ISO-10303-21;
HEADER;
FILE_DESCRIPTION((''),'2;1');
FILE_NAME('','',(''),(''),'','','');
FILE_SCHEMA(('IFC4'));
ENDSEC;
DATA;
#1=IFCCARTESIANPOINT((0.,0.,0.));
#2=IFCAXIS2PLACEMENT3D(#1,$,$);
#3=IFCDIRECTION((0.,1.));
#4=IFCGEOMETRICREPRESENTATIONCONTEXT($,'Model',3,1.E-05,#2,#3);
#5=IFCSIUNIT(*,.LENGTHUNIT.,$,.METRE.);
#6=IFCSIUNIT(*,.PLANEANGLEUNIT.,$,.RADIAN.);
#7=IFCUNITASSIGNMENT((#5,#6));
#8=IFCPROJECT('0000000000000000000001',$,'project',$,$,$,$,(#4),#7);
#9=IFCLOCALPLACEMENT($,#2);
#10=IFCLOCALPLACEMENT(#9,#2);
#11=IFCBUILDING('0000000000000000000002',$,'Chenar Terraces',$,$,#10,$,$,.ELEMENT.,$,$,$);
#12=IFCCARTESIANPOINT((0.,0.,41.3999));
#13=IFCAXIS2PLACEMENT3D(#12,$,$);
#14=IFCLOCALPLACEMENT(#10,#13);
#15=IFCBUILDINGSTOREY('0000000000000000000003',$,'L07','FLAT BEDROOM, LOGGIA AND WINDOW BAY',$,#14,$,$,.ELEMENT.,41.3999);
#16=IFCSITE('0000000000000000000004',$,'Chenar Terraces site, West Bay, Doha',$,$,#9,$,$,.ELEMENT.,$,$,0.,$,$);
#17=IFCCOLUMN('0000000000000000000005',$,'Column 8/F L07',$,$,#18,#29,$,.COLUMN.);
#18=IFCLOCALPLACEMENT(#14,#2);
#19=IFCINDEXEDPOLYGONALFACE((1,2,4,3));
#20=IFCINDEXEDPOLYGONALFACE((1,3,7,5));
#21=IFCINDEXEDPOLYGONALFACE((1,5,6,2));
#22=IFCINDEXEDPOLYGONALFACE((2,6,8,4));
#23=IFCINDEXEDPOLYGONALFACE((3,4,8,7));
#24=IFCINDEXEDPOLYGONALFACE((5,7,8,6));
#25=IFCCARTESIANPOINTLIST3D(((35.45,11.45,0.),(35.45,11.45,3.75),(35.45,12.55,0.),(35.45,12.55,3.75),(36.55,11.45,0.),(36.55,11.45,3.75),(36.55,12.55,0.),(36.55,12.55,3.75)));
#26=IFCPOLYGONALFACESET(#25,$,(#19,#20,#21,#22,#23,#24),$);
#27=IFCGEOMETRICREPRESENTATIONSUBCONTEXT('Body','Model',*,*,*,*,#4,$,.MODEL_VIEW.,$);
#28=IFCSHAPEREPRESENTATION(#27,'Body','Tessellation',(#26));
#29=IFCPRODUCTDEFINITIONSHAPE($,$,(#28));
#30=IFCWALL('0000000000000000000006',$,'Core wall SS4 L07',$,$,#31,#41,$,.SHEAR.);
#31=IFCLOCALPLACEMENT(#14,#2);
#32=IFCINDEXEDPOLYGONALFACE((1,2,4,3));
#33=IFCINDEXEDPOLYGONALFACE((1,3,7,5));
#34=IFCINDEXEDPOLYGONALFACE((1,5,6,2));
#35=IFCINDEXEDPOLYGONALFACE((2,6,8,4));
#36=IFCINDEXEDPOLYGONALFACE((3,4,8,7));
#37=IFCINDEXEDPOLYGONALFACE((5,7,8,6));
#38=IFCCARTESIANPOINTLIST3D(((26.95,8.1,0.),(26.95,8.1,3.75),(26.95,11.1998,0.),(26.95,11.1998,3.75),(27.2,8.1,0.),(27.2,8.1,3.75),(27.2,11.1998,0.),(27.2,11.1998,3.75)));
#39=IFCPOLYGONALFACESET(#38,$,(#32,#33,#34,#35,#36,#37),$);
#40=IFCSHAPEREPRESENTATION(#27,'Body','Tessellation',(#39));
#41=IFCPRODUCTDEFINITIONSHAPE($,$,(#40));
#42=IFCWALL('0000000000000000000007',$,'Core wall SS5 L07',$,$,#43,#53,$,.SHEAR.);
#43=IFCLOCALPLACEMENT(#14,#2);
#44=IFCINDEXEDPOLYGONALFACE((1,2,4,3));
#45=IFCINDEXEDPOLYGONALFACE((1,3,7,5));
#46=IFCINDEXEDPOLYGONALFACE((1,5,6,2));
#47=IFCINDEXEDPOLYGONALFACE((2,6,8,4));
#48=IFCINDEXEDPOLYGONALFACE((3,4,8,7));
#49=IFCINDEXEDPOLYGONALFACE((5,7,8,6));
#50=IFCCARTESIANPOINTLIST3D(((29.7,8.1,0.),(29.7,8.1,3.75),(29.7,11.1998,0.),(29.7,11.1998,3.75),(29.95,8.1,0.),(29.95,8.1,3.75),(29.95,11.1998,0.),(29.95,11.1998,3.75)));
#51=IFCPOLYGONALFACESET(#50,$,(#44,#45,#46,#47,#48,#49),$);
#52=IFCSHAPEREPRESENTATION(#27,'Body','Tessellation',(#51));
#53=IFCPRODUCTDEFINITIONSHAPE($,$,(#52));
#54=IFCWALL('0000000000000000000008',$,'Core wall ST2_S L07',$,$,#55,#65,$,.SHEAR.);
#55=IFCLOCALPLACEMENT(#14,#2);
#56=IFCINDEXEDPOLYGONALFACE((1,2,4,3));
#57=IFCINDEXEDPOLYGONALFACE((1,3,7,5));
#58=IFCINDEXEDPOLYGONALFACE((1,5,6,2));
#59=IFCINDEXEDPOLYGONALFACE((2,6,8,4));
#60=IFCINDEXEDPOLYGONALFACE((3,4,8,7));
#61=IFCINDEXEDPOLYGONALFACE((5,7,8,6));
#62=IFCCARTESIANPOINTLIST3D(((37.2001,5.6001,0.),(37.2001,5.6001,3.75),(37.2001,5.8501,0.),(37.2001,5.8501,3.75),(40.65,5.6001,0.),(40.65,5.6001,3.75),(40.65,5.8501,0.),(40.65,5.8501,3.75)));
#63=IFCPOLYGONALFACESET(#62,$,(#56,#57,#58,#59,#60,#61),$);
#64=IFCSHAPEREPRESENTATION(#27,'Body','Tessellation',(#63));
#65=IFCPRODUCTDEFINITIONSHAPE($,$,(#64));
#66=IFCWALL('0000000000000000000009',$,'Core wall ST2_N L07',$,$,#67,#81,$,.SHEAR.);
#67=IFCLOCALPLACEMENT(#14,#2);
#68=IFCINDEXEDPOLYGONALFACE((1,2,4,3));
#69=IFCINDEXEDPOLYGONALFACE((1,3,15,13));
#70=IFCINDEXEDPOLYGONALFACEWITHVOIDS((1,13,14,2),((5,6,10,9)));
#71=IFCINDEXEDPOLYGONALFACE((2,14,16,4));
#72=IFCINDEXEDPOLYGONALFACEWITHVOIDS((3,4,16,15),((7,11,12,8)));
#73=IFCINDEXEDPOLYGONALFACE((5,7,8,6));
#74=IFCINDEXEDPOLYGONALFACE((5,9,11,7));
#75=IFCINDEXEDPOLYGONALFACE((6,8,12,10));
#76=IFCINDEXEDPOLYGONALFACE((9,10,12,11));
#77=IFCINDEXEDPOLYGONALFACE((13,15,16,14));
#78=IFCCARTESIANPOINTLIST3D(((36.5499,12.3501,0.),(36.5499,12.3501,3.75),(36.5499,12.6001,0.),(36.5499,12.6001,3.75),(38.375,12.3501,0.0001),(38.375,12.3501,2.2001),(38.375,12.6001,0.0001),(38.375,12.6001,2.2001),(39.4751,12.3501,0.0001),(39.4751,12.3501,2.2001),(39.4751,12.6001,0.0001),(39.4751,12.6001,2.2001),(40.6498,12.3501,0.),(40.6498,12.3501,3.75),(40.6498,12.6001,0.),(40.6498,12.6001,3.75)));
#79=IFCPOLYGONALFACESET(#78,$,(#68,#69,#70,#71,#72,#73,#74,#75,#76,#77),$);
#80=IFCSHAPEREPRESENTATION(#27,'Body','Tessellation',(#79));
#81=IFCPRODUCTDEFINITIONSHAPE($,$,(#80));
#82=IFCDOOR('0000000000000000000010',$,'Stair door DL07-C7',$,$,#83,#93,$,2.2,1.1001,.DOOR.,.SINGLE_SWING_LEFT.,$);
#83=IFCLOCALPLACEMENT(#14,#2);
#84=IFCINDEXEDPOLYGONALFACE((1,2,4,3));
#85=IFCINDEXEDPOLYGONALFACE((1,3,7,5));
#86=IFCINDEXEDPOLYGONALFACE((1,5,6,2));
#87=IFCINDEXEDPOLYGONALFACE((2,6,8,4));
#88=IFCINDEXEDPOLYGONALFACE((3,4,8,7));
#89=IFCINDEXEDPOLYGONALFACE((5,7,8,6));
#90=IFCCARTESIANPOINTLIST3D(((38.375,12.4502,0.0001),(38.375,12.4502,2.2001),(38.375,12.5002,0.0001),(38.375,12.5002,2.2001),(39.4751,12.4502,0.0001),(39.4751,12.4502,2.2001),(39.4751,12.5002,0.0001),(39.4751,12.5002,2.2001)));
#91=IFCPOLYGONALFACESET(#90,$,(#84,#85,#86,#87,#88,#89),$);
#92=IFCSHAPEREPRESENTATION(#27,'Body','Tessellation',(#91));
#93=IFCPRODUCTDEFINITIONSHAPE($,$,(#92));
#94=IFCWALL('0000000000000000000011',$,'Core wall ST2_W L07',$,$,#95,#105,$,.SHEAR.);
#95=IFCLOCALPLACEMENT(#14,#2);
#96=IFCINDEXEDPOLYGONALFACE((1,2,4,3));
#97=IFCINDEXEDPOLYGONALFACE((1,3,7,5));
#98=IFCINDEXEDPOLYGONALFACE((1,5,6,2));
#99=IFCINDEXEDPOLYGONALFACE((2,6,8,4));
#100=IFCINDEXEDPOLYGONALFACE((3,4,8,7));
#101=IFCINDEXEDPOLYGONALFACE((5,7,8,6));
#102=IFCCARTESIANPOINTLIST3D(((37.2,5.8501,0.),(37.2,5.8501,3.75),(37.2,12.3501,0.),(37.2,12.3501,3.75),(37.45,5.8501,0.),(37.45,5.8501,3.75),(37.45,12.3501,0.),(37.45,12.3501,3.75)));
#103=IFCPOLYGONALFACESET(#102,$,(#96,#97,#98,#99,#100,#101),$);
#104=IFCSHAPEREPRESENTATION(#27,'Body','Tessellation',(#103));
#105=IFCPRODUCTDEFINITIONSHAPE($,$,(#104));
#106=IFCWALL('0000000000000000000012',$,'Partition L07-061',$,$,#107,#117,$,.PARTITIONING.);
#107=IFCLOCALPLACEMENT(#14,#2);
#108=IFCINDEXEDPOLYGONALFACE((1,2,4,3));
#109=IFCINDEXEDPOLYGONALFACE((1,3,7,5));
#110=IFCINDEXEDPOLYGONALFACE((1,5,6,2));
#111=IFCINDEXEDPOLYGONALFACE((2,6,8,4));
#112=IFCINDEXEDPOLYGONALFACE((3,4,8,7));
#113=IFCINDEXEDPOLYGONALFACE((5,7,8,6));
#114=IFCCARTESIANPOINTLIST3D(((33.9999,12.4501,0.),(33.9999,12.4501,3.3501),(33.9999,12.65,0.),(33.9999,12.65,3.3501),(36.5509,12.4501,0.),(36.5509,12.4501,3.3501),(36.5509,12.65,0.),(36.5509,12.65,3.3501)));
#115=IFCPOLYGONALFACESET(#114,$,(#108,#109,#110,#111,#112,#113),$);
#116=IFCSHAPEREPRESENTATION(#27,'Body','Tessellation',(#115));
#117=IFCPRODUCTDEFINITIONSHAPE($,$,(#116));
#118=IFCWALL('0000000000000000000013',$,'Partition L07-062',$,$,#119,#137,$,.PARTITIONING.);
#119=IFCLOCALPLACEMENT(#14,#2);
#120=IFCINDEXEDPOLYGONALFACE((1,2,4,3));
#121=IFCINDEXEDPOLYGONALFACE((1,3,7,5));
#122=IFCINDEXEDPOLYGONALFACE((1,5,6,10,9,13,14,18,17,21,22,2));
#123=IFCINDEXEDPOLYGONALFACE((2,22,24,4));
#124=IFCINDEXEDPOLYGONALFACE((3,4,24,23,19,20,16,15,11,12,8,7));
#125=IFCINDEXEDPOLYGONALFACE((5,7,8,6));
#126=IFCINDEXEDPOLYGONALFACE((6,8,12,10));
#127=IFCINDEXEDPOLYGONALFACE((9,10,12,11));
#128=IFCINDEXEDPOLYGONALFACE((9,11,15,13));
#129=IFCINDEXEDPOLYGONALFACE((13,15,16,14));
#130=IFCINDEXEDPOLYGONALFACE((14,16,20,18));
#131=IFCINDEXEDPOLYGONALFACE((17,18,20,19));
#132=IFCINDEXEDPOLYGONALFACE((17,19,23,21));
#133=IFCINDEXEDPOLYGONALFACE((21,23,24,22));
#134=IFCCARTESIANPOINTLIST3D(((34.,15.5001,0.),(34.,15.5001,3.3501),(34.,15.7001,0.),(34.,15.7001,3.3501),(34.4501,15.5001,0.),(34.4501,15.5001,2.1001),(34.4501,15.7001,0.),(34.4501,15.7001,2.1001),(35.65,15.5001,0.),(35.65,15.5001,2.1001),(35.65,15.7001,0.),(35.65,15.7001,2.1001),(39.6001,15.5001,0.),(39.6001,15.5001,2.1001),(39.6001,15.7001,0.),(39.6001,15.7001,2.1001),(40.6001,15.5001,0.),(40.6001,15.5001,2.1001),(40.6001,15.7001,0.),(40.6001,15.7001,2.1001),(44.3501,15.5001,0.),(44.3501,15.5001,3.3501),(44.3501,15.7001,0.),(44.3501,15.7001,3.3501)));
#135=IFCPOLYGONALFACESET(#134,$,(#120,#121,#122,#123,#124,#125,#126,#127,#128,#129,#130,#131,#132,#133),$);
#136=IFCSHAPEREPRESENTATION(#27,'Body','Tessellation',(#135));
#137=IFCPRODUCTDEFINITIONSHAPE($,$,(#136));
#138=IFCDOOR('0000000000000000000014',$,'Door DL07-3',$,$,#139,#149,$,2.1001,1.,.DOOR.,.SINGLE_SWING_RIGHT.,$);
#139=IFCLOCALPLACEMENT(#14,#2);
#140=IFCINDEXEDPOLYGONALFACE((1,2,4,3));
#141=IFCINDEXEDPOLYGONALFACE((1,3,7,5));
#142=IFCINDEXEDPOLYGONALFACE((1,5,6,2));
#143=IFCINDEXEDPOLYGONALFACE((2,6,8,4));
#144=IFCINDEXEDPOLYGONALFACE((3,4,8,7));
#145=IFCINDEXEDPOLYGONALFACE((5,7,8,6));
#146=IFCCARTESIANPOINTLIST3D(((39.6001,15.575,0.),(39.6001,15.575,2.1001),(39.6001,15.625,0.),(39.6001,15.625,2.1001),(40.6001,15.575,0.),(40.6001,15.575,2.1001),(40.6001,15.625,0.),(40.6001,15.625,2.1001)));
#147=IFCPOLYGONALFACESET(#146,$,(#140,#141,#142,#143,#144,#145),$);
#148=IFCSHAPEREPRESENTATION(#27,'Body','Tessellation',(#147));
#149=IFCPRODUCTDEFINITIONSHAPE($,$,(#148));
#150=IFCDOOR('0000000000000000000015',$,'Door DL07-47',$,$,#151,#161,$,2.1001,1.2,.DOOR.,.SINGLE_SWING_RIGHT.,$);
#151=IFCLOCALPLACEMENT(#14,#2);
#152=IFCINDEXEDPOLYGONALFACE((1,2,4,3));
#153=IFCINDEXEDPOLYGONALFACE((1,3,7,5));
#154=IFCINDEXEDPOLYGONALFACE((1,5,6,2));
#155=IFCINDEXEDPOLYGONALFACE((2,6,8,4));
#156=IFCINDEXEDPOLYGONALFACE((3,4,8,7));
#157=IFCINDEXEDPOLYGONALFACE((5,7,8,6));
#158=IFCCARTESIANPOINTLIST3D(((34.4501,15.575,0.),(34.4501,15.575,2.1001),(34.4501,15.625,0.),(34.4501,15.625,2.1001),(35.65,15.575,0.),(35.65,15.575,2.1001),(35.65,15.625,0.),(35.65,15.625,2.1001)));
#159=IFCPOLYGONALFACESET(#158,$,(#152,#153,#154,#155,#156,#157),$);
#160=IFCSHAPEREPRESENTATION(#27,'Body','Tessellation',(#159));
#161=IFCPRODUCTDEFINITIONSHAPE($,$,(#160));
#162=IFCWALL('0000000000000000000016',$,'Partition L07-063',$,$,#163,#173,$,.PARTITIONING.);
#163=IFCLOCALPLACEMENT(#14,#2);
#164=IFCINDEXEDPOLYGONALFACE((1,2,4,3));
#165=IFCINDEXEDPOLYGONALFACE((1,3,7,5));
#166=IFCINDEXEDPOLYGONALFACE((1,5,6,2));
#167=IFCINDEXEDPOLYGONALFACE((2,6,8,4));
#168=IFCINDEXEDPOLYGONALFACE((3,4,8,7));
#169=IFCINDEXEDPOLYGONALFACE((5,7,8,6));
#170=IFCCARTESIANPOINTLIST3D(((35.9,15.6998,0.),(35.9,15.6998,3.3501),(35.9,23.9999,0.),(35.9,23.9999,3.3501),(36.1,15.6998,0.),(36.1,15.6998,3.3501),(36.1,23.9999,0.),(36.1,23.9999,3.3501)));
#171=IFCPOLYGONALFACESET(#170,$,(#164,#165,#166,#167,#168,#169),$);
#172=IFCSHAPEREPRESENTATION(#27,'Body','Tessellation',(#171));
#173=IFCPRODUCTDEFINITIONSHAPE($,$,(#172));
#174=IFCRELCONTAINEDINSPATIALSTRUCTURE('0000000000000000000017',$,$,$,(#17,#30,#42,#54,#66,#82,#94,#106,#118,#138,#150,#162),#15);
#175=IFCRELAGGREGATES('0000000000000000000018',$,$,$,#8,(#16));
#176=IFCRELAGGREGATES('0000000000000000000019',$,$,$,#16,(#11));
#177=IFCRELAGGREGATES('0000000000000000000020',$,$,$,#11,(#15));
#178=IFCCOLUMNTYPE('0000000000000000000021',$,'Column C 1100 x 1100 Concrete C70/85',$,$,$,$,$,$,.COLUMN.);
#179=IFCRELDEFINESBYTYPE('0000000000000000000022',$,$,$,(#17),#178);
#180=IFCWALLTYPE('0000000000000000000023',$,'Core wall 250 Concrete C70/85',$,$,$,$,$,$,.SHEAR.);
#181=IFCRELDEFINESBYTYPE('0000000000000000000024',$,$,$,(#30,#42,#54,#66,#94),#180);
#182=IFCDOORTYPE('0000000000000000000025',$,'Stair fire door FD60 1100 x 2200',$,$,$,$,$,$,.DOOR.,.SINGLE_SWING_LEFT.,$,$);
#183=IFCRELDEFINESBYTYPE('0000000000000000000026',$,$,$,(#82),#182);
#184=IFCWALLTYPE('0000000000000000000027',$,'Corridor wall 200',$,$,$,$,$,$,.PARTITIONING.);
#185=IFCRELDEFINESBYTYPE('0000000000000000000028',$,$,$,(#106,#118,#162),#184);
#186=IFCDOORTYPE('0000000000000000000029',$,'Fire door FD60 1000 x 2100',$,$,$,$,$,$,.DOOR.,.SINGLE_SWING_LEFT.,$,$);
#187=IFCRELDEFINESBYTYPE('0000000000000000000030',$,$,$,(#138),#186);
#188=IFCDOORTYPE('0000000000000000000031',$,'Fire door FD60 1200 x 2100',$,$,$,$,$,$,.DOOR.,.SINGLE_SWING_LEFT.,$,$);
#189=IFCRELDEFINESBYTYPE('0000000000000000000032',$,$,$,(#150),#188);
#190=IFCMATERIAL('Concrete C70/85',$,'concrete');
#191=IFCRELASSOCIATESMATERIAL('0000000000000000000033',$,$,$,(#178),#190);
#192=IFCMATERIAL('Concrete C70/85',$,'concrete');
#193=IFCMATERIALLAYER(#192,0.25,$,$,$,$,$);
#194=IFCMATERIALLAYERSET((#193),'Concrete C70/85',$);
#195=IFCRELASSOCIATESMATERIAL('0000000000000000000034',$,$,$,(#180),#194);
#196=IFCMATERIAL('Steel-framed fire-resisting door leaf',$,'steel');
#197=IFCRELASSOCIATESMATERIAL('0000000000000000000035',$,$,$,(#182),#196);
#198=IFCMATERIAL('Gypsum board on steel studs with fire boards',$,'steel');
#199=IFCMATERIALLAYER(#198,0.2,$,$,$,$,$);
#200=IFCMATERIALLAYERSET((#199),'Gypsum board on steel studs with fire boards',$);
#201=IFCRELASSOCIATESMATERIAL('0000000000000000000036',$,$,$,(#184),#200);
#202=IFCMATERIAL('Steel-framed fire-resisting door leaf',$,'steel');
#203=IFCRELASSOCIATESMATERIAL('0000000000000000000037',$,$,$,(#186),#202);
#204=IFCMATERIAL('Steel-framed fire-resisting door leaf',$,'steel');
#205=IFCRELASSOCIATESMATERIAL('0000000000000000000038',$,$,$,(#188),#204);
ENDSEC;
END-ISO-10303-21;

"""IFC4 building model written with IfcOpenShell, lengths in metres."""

from ifc_helpers import new_model, si_unit, direction, frame, frame_2d, origin, origin_2d, place, context, subcontext, project, spatial, rectangle, extrude, material, layer, layer_set, material_profile, profile_set, type_object, element, fill, save


model = new_model("IFC4")

# Units and contexts
model_context = context("Model", 3, precision=1e-05, world=origin(), true_north=direction((0.0, 1.0)))
body_context = subcontext(model_context, "Body", "Model", "MODEL_VIEW")
ifc_project = project(units=[si_unit("LENGTHUNIT", "METRE"), si_unit("PLANEANGLEUNIT", "RADIAN")], contexts=[model_context])

# Site, building, storey
site_placement = place(None, origin())
site = spatial("IfcSite", under=ifc_project, at=site_placement, Name="Chenar Terraces site, West Bay, Doha", CompositionType="ELEMENT", RefElevation=0.0)
building_placement = place(site_placement, origin())
building = spatial("IfcBuilding", under=site, at=building_placement, Name="Chenar Terraces", CompositionType="ELEMENT")
storey_placement = place(building_placement, frame((0.0, 0.0, 41.3999)))
storey = spatial("IfcBuildingStorey", under=building, at=storey_placement, Name="L07", Description="FLAT BEDROOM, LOGGIA AND WINDOW BAY", CompositionType="ELEMENT", Elevation=41.3999)

# Column
ifc_material_1 = material(Name="Concrete C70/85", Category="concrete")
ifc_material_profile = material_profile(ifc_material_1, rectangle(XDim=1.1001, YDim=1.1001, at=origin_2d()), Name="C 1100 x 1100")
ifc_profile_set = profile_set([ifc_material_profile], Name="Concrete C70/85")
column_type = type_object("IfcColumnType", Name="Column C 1100 x 1100 Concrete C70/85", PredefinedType="COLUMN", material=ifc_profile_set)
column_placement = place(storey_placement, frame((36.0, 12.0, 0.0), z_axis=(0.0, 0.0, 1.0), x_axis=(1.0, 0.0, 0.0)))
element("IfcColumn", 1, at=column_placement, inside=storey, type_object=column_type, Name="Column 8/F L07", PredefinedType="COLUMN", context=body_context, shape_type="SweptSolid", body=[
    extrude(rectangle(XDim=1.1001, YDim=1.1001, at=origin_2d()), origin(), (0.0, 0.0, 1.0), 3.75),
])

# Walls
ifc_material_2 = material(Name="Concrete C70/85", Category="concrete")
ifc_layer_1 = layer(ifc_material_2, 0.25)
ifc_layer_set_1 = layer_set([ifc_layer_1], Name="Concrete C70/85")
wall_type_1 = type_object("IfcWallType", Name="Core wall 250 Concrete C70/85", PredefinedType="SHEAR", material=ifc_layer_set_1)
for number, where, z_axis, x_axis, name in (
    (2, (27.075, 8.1001, 0.0), (0.0, 0.0, 1.0), (0.0, 1.0, 0.0), "Core wall SS4 L07"),
    (3, (29.825, 8.1001, 0.0), (0.0, 0.0, 1.0), (0.0, 1.0, 0.0), "Core wall SS5 L07"),
):
    element("IfcWall", number, at=place(storey_placement, frame(where, z_axis=z_axis, x_axis=x_axis)), inside=storey, type_object=wall_type_1, Name=name, PredefinedType="SHEAR", context=body_context, shape_type="SweptSolid", body=[
        extrude(rectangle(XDim=3.0999, YDim=0.25, at=frame_2d((1.5498, 0.0))), origin(), (0.0, 0.0, 1.0), 3.75),
    ])
wall_1_placement = place(storey_placement, frame((37.2, 5.7251, 0.0), z_axis=(0.0, 0.0, 1.0), x_axis=(1.0, 0.0, 0.0)))
element("IfcWall", 4, at=wall_1_placement, inside=storey, type_object=wall_type_1, Name="Core wall ST2_S L07", PredefinedType="SHEAR", context=body_context, shape_type="SweptSolid", body=[
    extrude(rectangle(XDim=3.45, YDim=0.25, at=frame_2d((1.7251, 0.0))), origin(), (0.0, 0.0, 1.0), 3.75),
])

# Wall, opening, door
wall_2_placement = place(storey_placement, frame((36.55, 12.4751, 0.0), z_axis=(0.0, 0.0, 1.0), x_axis=(1.0, 0.0, 0.0)))
wall_2 = element("IfcWall", 5, at=wall_2_placement, inside=storey, type_object=wall_type_1, Name="Core wall ST2_N L07", PredefinedType="SHEAR", context=body_context, shape_type="SweptSolid", body=[
    extrude(rectangle(XDim=4.0999, YDim=0.25, at=frame_2d((2.0498, 0.0))), origin(), (0.0, 0.0, 1.0), 3.75),
])
opening_1_placement = place(wall_2_placement, frame((1.825, 0.0, 0.0)))
opening_1 = element("IfcOpeningElement", 6, at=opening_1_placement, cuts=wall_2, PredefinedType="OPENING", context=body_context, shape_type="SweptSolid", body=[
    extrude(rectangle(XDim=1.1001, YDim=2.2, at=frame_2d((0.55, 1.1001))), frame((0.0, 0.135, 0.0), z_axis=(0.0, -1.0, 0.0), x_axis=(1.0, 0.0, 0.0)), (0.0, 0.0, 1.0), 0.27),
])
ifc_material_3 = material(Name="Steel-framed fire-resisting door leaf", Category="steel")
door_type_1 = type_object("IfcDoorType", Name="Stair fire door FD60 1100 x 2200", OperationType="SINGLE_SWING_LEFT", PredefinedType="DOOR", material=ifc_material_3)
door_1_placement = place(opening_1_placement, frame((1.1001, 0.0, 0.0), z_axis=(0.0, 0.0, 1.0), x_axis=(-1.0, 0.0, 0.0)))
door_1 = element("IfcDoor", 7, at=door_1_placement, inside=storey, type_object=door_type_1, Name="Stair door DL07-C7", OperationType="SINGLE_SWING_LEFT", OverallHeight=2.2, OverallWidth=1.1001, PredefinedType="DOOR", context=body_context, shape_type="SweptSolid", body=[
    extrude(rectangle(XDim=1.1001, YDim=2.2, at=frame_2d((0.55, 1.1001))), frame((0.0, 0.0249, 0.0), z_axis=(0.0, -1.0, 0.0), x_axis=(1.0, 0.0, 0.0)), (0.0, 0.0, 1.0), 0.05),
])
fill(opening_1, door_1)

# Walls
wall_3_placement = place(storey_placement, frame((37.325, 5.8501, 0.0), z_axis=(0.0, 0.0, 1.0), x_axis=(0.0, 1.0, 0.0)))
element("IfcWall", 8, at=wall_3_placement, inside=storey, type_object=wall_type_1, Name="Core wall ST2_W L07", PredefinedType="SHEAR", context=body_context, shape_type="SweptSolid", body=[
    extrude(rectangle(XDim=6.5, YDim=0.25, at=frame_2d((3.25, 0.0))), origin(), (0.0, 0.0, 1.0), 3.75),
])
ifc_material_4 = material(Name="Gypsum board on steel studs with fire boards", Category="steel")
ifc_layer_2 = layer(ifc_material_4, 0.2)
ifc_layer_set_2 = layer_set([ifc_layer_2], Name="Gypsum board on steel studs with fire boards")
wall_type_2 = type_object("IfcWallType", Name="Corridor wall 200", PredefinedType="PARTITIONING", material=ifc_layer_set_2)
wall_4_placement = place(storey_placement, frame((34.0, 12.55, 0.0), z_axis=(0.0, 0.0, 1.0), x_axis=(1.0, 0.0, 0.0)))
element("IfcWall", 9, at=wall_4_placement, inside=storey, type_object=wall_type_2, Name="Partition L07-061", PredefinedType="PARTITIONING", context=body_context, shape_type="SweptSolid", body=[
    extrude(rectangle(XDim=2.551, YDim=0.2, at=frame_2d((1.2754, 0.0))), origin(), (0.0, 0.0, 1.0), 3.3501),
])

# Wall, openings, doors
wall_5_placement = place(storey_placement, frame((34.0, 15.6001, 0.0), z_axis=(0.0, 0.0, 1.0), x_axis=(1.0, 0.0, 0.0)))
wall_5 = element("IfcWall", 10, at=wall_5_placement, inside=storey, type_object=wall_type_2, Name="Partition L07-062", PredefinedType="PARTITIONING", context=body_context, shape_type="SweptSolid", body=[
    extrude(rectangle(XDim=10.3501, YDim=0.2, at=frame_2d((5.175, 0.0))), origin(), (0.0, 0.0, 1.0), 3.3501),
])
opening_2_placement = place(wall_5_placement, frame((5.6001, 0.0, 0.0)))
opening_2 = element("IfcOpeningElement", 11, at=opening_2_placement, cuts=wall_5, PredefinedType="OPENING", context=body_context, shape_type="SweptSolid", body=[
    extrude(rectangle(XDim=1.0, YDim=2.1001, at=frame_2d((0.5, 1.05))), frame((0.0, 0.1099, 0.0), z_axis=(0.0, -1.0, 0.0), x_axis=(1.0, 0.0, 0.0)), (0.0, 0.0, 1.0), 0.22),
])
opening_3_placement = place(wall_5_placement, frame((0.45, 0.0, 0.0)))
opening_3 = element("IfcOpeningElement", 12, at=opening_3_placement, cuts=wall_5, PredefinedType="OPENING", context=body_context, shape_type="SweptSolid", body=[
    extrude(rectangle(XDim=1.2, YDim=2.1001, at=frame_2d((0.6001, 1.05))), frame((0.0, 0.1099, 0.0), z_axis=(0.0, -1.0, 0.0), x_axis=(1.0, 0.0, 0.0)), (0.0, 0.0, 1.0), 0.22),
])
ifc_material_5 = material(Name="Steel-framed fire-resisting door leaf", Category="steel")
door_type_2 = type_object("IfcDoorType", Name="Fire door FD60 1000 x 2100", OperationType="SINGLE_SWING_LEFT", PredefinedType="DOOR", material=ifc_material_5)
door_2_placement = place(opening_2_placement, origin())
door_2 = element("IfcDoor", 13, at=door_2_placement, inside=storey, type_object=door_type_2, Name="Door DL07-3", OperationType="SINGLE_SWING_RIGHT", OverallHeight=2.1001, OverallWidth=1.0, PredefinedType="DOOR", context=body_context, shape_type="SweptSolid", body=[
    extrude(rectangle(XDim=1.0, YDim=2.1001, at=frame_2d((0.5, 1.05))), frame((0.0, 0.0249, 0.0), z_axis=(0.0, -1.0, 0.0), x_axis=(1.0, 0.0, 0.0)), (0.0, 0.0, 1.0), 0.05),
])
fill(opening_2, door_2)
ifc_material_6 = material(Name="Steel-framed fire-resisting door leaf", Category="steel")
door_type_3 = type_object("IfcDoorType", Name="Fire door FD60 1200 x 2100", OperationType="SINGLE_SWING_LEFT", PredefinedType="DOOR", material=ifc_material_6)
door_3_placement = place(opening_3_placement, origin())
door_3 = element("IfcDoor", 14, at=door_3_placement, inside=storey, type_object=door_type_3, Name="Door DL07-47", OperationType="SINGLE_SWING_RIGHT", OverallHeight=2.1001, OverallWidth=1.2, PredefinedType="DOOR", context=body_context, shape_type="SweptSolid", body=[
    extrude(rectangle(XDim=1.2, YDim=2.1001, at=frame_2d((0.6001, 1.05))), frame((0.0, 0.0249, 0.0), z_axis=(0.0, -1.0, 0.0), x_axis=(1.0, 0.0, 0.0)), (0.0, 0.0, 1.0), 0.05),
])
fill(opening_3, door_3)

# Wall
wall_6_placement = place(storey_placement, frame((36.0, 15.7, 0.0), z_axis=(0.0, 0.0, 1.0), x_axis=(0.0, 1.0, 0.0)))
element("IfcWall", 15, at=wall_6_placement, inside=storey, type_object=wall_type_2, Name="Partition L07-063", PredefinedType="PARTITIONING", context=body_context, shape_type="SweptSolid", body=[
    extrude(rectangle(XDim=8.3, YDim=0.2, at=frame_2d((4.1499, 0.0))), origin(), (0.0, 0.0, 1.0), 3.3501),
])

save(model, "model.ifc")
